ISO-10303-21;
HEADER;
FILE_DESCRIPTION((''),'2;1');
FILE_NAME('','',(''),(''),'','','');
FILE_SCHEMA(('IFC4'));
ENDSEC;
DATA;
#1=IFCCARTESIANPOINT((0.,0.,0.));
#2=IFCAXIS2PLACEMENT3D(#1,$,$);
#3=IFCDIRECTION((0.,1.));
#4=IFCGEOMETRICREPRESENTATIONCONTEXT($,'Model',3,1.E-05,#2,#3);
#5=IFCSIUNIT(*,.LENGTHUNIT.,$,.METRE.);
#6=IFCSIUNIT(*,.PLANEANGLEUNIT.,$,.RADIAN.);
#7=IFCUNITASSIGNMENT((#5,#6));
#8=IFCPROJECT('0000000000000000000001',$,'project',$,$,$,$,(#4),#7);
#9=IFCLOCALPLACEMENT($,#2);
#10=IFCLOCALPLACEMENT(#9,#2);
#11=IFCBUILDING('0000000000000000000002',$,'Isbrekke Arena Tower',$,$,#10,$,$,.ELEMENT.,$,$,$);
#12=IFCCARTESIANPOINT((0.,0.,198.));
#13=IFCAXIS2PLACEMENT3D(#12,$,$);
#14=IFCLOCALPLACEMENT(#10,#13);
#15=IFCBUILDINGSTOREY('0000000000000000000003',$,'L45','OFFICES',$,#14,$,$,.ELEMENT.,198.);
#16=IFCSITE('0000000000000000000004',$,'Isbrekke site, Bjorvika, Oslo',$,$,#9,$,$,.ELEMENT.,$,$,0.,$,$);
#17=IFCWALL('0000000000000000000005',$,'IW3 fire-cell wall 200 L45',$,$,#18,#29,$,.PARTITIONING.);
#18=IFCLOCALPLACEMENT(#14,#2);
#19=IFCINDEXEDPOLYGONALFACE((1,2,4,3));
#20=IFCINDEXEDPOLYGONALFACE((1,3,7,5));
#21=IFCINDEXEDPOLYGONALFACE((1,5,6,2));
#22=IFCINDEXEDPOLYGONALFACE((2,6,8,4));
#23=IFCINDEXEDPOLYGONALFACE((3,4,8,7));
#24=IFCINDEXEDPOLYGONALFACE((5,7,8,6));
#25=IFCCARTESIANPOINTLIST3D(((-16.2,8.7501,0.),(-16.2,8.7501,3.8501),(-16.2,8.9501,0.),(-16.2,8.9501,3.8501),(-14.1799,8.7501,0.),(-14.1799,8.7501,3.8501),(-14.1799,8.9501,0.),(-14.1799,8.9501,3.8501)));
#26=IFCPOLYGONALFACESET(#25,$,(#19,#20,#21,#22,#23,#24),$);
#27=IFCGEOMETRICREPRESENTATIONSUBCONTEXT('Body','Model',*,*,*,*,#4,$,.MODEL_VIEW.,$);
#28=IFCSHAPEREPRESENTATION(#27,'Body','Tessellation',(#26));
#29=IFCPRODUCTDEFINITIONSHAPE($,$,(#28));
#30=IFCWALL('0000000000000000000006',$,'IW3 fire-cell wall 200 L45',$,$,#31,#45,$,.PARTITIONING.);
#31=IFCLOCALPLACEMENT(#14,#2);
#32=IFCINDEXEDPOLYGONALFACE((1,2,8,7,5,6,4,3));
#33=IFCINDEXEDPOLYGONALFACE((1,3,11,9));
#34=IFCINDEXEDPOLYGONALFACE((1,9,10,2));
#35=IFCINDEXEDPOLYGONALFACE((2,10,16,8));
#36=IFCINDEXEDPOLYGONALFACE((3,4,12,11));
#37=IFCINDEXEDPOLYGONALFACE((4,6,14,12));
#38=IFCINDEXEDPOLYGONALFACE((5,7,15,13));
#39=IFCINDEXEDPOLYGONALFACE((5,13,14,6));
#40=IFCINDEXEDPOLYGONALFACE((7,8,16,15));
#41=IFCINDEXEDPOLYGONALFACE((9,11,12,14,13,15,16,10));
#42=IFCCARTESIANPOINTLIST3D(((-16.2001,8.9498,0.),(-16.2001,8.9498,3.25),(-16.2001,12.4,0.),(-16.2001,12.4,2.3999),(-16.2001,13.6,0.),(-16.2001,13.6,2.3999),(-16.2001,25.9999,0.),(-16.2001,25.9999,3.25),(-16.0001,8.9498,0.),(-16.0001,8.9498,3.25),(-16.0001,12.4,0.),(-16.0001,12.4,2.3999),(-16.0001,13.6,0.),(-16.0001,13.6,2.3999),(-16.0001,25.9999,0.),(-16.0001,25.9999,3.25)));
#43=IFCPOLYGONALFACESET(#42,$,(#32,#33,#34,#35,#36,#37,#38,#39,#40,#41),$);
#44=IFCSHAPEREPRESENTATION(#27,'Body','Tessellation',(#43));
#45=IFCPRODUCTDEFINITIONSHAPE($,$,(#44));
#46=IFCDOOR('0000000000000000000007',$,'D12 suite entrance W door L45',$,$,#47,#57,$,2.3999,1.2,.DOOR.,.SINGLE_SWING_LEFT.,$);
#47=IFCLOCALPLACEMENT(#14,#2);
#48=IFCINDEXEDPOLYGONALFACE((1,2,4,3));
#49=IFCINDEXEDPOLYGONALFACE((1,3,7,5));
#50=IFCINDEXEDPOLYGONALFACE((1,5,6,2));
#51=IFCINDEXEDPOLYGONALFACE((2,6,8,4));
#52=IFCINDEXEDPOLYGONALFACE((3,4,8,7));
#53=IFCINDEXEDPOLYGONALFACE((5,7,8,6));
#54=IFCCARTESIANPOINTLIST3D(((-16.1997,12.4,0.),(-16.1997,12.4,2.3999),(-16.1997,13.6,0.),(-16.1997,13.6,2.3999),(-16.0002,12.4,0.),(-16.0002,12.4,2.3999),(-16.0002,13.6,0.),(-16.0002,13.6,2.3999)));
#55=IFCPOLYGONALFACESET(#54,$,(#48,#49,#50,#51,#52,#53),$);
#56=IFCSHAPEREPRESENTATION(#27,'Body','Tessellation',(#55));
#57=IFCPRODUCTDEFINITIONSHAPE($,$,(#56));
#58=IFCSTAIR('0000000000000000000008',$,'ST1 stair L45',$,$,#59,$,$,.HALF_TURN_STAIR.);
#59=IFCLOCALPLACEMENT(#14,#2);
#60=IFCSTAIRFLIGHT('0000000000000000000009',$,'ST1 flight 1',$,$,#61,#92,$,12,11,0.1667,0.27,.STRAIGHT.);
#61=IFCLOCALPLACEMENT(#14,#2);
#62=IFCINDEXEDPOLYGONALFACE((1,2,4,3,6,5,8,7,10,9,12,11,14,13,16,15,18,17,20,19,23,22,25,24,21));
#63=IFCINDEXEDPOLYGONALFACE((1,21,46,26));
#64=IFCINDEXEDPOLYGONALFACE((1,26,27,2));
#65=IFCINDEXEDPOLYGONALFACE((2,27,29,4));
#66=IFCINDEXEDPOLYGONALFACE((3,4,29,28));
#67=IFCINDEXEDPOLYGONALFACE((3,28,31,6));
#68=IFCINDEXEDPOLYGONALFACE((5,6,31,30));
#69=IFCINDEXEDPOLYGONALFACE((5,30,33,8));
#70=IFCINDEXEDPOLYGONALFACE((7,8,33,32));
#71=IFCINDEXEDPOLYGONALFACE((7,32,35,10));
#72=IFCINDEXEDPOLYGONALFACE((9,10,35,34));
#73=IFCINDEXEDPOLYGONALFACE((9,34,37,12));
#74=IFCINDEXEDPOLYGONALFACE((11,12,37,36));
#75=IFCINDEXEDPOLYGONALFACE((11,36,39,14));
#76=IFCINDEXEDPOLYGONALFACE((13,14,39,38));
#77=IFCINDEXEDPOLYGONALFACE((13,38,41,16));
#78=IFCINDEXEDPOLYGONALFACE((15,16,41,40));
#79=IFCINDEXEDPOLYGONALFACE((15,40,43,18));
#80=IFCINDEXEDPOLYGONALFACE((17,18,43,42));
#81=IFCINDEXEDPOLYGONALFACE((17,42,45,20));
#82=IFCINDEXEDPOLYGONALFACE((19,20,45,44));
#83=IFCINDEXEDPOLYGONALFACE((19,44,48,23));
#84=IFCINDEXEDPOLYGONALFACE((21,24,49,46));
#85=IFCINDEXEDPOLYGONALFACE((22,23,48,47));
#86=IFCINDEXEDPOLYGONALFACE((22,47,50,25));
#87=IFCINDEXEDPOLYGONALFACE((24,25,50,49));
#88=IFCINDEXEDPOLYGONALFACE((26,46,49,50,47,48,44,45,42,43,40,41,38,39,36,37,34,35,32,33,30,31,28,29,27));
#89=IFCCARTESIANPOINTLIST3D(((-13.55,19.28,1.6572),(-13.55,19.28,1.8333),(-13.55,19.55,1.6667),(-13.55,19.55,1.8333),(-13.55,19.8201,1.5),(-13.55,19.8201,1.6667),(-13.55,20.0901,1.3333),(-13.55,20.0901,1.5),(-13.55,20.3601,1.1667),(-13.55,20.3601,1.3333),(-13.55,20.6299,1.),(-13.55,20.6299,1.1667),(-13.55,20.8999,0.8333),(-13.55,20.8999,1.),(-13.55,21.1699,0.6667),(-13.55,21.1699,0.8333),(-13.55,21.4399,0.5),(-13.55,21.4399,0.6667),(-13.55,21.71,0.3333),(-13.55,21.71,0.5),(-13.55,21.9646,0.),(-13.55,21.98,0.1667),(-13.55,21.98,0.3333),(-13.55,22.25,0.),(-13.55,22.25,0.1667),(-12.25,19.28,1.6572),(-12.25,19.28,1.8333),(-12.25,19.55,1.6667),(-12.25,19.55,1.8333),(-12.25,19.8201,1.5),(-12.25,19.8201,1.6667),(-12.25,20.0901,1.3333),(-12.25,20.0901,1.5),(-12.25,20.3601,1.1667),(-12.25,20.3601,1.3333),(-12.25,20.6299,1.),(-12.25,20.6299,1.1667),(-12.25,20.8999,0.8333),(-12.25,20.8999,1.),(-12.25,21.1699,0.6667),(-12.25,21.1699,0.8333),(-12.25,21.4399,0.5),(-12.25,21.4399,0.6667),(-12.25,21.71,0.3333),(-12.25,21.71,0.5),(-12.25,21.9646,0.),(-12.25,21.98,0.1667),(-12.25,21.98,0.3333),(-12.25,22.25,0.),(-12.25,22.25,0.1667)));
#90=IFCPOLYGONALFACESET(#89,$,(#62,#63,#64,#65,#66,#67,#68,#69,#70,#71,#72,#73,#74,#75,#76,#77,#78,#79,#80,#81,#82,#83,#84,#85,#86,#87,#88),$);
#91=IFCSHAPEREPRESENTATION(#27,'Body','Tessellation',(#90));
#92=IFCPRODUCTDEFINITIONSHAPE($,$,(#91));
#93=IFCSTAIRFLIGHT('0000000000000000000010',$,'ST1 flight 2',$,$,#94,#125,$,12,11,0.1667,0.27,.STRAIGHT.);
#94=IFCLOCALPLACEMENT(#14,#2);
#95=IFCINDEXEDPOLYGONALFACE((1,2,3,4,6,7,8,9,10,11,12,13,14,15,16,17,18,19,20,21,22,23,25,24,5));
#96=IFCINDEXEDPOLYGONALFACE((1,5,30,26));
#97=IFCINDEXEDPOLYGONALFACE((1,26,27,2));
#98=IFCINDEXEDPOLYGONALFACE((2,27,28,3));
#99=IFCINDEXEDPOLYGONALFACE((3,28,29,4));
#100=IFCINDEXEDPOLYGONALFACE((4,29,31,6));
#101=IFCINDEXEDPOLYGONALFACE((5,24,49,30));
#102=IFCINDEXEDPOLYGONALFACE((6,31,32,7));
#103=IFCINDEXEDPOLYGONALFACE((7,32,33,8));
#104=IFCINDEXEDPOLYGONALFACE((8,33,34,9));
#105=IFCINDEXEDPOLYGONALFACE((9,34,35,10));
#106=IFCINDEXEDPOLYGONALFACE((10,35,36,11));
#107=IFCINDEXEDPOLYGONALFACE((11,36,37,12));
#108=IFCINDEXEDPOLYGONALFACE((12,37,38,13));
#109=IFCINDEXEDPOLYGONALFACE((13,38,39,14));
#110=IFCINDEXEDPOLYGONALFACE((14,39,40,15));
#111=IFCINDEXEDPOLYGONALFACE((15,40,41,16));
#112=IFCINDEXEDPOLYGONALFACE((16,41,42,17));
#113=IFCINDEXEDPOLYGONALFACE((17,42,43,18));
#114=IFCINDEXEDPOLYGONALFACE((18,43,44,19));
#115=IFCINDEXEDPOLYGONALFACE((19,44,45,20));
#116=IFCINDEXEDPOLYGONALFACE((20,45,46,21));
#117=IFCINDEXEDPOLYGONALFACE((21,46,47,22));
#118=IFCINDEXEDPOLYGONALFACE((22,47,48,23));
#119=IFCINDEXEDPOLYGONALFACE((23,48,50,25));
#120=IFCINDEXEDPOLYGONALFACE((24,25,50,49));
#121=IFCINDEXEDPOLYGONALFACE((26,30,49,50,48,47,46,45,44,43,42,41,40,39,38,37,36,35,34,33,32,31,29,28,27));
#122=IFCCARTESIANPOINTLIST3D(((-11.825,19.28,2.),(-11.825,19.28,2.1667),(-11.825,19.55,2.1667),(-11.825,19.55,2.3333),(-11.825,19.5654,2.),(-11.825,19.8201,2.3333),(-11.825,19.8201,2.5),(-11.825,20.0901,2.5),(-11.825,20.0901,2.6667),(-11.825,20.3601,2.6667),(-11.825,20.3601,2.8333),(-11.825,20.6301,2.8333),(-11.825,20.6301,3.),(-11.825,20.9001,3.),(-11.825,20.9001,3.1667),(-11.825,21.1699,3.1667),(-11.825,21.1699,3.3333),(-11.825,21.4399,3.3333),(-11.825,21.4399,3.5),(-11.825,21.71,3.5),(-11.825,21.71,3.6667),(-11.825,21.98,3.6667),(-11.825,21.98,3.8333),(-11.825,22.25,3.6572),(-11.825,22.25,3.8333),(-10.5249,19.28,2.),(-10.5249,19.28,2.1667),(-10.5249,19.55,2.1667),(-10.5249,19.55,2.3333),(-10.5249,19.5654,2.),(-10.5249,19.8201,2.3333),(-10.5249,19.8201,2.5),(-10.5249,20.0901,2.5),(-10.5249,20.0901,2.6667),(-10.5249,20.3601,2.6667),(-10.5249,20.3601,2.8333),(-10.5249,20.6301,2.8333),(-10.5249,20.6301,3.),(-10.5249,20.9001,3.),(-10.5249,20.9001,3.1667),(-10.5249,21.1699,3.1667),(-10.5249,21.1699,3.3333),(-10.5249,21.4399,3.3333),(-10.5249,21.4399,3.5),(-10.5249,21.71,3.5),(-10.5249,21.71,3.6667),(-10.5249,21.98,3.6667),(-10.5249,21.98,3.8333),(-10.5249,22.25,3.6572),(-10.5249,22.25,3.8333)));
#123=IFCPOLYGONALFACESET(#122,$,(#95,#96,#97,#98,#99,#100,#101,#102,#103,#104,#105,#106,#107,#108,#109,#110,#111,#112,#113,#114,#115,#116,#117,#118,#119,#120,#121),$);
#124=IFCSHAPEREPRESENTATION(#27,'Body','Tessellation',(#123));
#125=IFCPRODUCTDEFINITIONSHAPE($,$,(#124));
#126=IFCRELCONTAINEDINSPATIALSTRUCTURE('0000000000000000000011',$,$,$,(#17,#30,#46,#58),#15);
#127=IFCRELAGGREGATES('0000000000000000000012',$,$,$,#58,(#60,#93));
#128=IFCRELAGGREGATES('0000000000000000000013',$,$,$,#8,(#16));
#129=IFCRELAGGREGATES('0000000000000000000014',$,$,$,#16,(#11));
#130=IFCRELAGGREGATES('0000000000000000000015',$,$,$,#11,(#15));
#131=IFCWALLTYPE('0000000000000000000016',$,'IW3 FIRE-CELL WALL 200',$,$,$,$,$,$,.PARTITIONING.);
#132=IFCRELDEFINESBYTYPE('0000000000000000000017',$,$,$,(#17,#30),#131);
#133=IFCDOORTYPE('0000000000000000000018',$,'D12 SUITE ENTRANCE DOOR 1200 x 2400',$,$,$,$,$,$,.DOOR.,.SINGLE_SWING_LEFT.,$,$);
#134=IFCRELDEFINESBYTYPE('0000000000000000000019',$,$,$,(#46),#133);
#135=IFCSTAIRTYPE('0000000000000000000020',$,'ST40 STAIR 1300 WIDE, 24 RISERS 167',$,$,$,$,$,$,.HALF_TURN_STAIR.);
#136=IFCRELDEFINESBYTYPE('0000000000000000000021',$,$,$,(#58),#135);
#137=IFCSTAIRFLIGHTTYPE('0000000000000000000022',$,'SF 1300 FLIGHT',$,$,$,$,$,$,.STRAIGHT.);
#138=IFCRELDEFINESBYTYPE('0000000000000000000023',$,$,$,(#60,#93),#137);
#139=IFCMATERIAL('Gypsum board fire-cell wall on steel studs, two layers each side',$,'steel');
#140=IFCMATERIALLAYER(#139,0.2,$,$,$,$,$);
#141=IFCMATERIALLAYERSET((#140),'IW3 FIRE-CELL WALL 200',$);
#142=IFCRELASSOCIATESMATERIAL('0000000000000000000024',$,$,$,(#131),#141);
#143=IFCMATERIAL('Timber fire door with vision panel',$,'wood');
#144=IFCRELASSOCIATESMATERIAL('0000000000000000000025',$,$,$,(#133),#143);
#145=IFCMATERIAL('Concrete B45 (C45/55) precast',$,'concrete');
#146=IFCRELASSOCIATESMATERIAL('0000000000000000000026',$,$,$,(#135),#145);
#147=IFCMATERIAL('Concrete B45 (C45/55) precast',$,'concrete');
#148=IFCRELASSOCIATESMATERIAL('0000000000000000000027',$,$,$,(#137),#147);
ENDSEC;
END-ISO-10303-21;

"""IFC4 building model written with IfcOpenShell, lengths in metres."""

from ifc_helpers import new_model, si_unit, direction, frame, frame_2d, origin, place, context, subcontext, project, spatial, polyline, rectangle, outline, extrude, material, layer, layer_set, type_object, element, fill, aggregate, save


model = new_model("IFC4")

# Units and contexts
model_context = context("Model", 3, precision=1e-05, world=origin(), true_north=direction((0.0, 1.0)))
body_context = subcontext(model_context, "Body", "Model", "MODEL_VIEW")
ifc_project = project(units=[si_unit("LENGTHUNIT", "METRE"), si_unit("PLANEANGLEUNIT", "RADIAN")], contexts=[model_context])

# Site, building, storey
site_placement = place(None, origin())
site = spatial("IfcSite", under=ifc_project, at=site_placement, Name="Isbrekke site, Bjorvika, Oslo", CompositionType="ELEMENT", RefElevation=0.0)
building_placement = place(site_placement, origin())
building = spatial("IfcBuilding", under=site, at=building_placement, Name="Isbrekke Arena Tower", CompositionType="ELEMENT")
storey_placement = place(building_placement, frame((0.0, 0.0, 198.0)))
storey = spatial("IfcBuildingStorey", under=building, at=storey_placement, Name="L45", Description="OFFICES", CompositionType="ELEMENT", Elevation=198.0)

# Wall
ifc_material_1 = material(Name="Gypsum board fire-cell wall on steel studs, two layers each side", Category="steel")
ifc_layer_1 = layer(ifc_material_1, 0.2)
ifc_layer_set_1 = layer_set([ifc_layer_1], Name="IW3 FIRE-CELL WALL 200")
wall_type_1 = type_object("IfcWallType", Name="IW3 FIRE-CELL WALL 200", PredefinedType="PARTITIONING", material=ifc_layer_set_1)
wall_1_placement = place(storey_placement, frame((-16.2, 8.8501, 0.0), z_axis=(0.0, 0.0, 1.0), x_axis=(1.0, 0.0, 0.0)))
element("IfcWall", 1, at=wall_1_placement, inside=storey, type_object=wall_type_1, Name="IW3 fire-cell wall 200 L45", PredefinedType="PARTITIONING", context=body_context, shape_type="SweptSolid", body=[
    extrude(rectangle(XDim=2.02, YDim=0.2, at=frame_2d((1.01, 0.0))), origin(), (0.0, 0.0, 1.0), 3.8501),
])

# Wall, opening, door
wall_2_placement = place(storey_placement, frame((-16.1001, 8.95, 0.0), z_axis=(0.0, 0.0, 1.0), x_axis=(0.0, 1.0, 0.0)))
wall_2 = element("IfcWall", 2, at=wall_2_placement, inside=storey, type_object=wall_type_1, Name="IW3 fire-cell wall 200 L45", PredefinedType="PARTITIONING", context=body_context, shape_type="SweptSolid", body=[
    extrude(rectangle(XDim=17.05, YDim=0.2, at=frame_2d((8.5249, 0.0))), origin(), (0.0, 0.0, 1.0), 3.25),
])
opening_1_placement = place(wall_2_placement, frame((3.45, 0.0, 0.0)))
opening_1 = element("IfcOpeningElement", 3, at=opening_1_placement, cuts=wall_2, PredefinedType="OPENING", context=body_context, shape_type="SweptSolid", body=[
    extrude(rectangle(XDim=1.2, YDim=2.3999, at=frame_2d((0.6001, 1.2))), frame((0.0, 0.1147, 0.0), z_axis=(0.0, -1.0, 0.0), x_axis=(1.0, 0.0, 0.0)), (0.0, 0.0, 1.0), 0.2297),
])
ifc_material_2 = material(Name="Timber fire door with vision panel", Category="wood")
door_type_1 = type_object("IfcDoorType", Name="D12 SUITE ENTRANCE DOOR 1200 x 2400", OperationType="SINGLE_SWING_LEFT", PredefinedType="DOOR", material=ifc_material_2)
door_1_placement = place(opening_1_placement, origin())
door_1 = element("IfcDoor", 4, at=door_1_placement, inside=storey, type_object=door_type_1, Name="D12 suite entrance W door L45", OperationType="SINGLE_SWING_LEFT", OverallHeight=2.3999, OverallWidth=1.2, PredefinedType="DOOR", context=body_context, shape_type="SweptSolid", body=[
    extrude(rectangle(XDim=1.2, YDim=2.3999, at=frame_2d((0.6001, 1.2))), frame((0.0, 0.0996, 0.0), z_axis=(0.0, -1.0, 0.0), x_axis=(1.0, 0.0, 0.0)), (0.0, 0.0, 1.0), 0.1995),
])
fill(opening_1, door_1)

# Stair, stair flights
ifc_material_3 = material(Name="Concrete B45 (C45/55) precast", Category="concrete")
stair_type = type_object("IfcStairType", Name="ST40 STAIR 1300 WIDE, 24 RISERS 167", PredefinedType="HALF_TURN_STAIR", material=ifc_material_3)
stair_placement = place(storey_placement, origin())
stair = element("IfcStair", 5, at=stair_placement, inside=storey, type_object=stair_type, Name="ST1 stair L45", PredefinedType="HALF_TURN_STAIR")
ifc_material_4 = material(Name="Concrete B45 (C45/55) precast", Category="concrete")
stair_flight_type = type_object("IfcStairFlightType", Name="SF 1300 FLIGHT", PredefinedType="STRAIGHT", material=ifc_material_4)
stair_flight_1_placement = place(storey_placement, frame((-12.8999, 22.25, 0.0), z_axis=(0.0, 0.0, 1.0), x_axis=(0.0, -1.0, 0.0)))
stair_flight_1 = element("IfcStairFlight", 6, at=stair_flight_1_placement, type_object=stair_flight_type, Name="ST1 flight 1", NumberOfRisers=12, NumberOfTreads=11, PredefinedType="STRAIGHT", RiserHeight=0.1667, TreadLength=0.27, context=body_context, shape_type="SweptSolid", body=[
    extrude(outline(polyline([(0.0, 0.0), (0.0, 0.1667), (0.27, 0.1667), (0.27, 0.3333), (0.54, 0.3333), (0.54, 0.5), (0.8101, 0.5), (0.8101, 0.6667), (1.0801, 0.6667), (1.0801, 0.8333), (1.3501, 0.8333), (1.3501, 1.0), (1.6201, 1.0), (1.6201, 1.1667), (1.8899, 1.1667), (1.8899, 1.3333), (2.1599, 1.3333), (2.1599, 1.5), (2.4299, 1.5), (2.4299, 1.6667), (2.7, 1.6667), (2.7, 1.8333), (2.97, 1.8333), (2.97, 2.0), (2.97, 1.6572), (0.2854, 0.0), (0.0, 0.0)])), frame((0.0, 0.6499, 0.0), z_axis=(0.0, -1.0, 0.0), x_axis=(1.0, 0.0, 0.0)), (0.0, 0.0, 1.0), 1.3),
])
stair_flight_2_placement = place(storey_placement, frame((-11.175, 19.28, 2.0), z_axis=(0.0, 0.0, 1.0), x_axis=(0.0, 1.0, 0.0)))
stair_flight_2 = element("IfcStairFlight", 7, at=stair_flight_2_placement, type_object=stair_flight_type, Name="ST1 flight 2", NumberOfRisers=12, NumberOfTreads=11, PredefinedType="STRAIGHT", RiserHeight=0.1667, TreadLength=0.27, context=body_context, shape_type="SweptSolid", body=[
    extrude(outline(polyline([(0.0, 0.0), (0.0, 0.1667), (0.27, 0.1667), (0.27, 0.3333), (0.54, 0.3333), (0.54, 0.5), (0.8101, 0.5), (0.8101, 0.6667), (1.0801, 0.6667), (1.0801, 0.8333), (1.3501, 0.8333), (1.3501, 1.0), (1.6201, 1.0), (1.6201, 1.1667), (1.8899, 1.1667), (1.8899, 1.3333), (2.1599, 1.3333), (2.1599, 1.5), (2.4299, 1.5), (2.4299, 1.6667), (2.7, 1.6667), (2.7, 1.8333), (2.97, 1.8333), (2.97, 2.0), (2.97, 1.6572), (0.2854, 0.0), (0.0, 0.0)])), frame((0.0, 0.6499, 0.0), z_axis=(0.0, -1.0, 0.0), x_axis=(1.0, 0.0, 0.0)), (0.0, 0.0, 1.0), 1.3),
])
aggregate(stair, [stair_flight_1, stair_flight_2])

save(model, "model.ifc")
